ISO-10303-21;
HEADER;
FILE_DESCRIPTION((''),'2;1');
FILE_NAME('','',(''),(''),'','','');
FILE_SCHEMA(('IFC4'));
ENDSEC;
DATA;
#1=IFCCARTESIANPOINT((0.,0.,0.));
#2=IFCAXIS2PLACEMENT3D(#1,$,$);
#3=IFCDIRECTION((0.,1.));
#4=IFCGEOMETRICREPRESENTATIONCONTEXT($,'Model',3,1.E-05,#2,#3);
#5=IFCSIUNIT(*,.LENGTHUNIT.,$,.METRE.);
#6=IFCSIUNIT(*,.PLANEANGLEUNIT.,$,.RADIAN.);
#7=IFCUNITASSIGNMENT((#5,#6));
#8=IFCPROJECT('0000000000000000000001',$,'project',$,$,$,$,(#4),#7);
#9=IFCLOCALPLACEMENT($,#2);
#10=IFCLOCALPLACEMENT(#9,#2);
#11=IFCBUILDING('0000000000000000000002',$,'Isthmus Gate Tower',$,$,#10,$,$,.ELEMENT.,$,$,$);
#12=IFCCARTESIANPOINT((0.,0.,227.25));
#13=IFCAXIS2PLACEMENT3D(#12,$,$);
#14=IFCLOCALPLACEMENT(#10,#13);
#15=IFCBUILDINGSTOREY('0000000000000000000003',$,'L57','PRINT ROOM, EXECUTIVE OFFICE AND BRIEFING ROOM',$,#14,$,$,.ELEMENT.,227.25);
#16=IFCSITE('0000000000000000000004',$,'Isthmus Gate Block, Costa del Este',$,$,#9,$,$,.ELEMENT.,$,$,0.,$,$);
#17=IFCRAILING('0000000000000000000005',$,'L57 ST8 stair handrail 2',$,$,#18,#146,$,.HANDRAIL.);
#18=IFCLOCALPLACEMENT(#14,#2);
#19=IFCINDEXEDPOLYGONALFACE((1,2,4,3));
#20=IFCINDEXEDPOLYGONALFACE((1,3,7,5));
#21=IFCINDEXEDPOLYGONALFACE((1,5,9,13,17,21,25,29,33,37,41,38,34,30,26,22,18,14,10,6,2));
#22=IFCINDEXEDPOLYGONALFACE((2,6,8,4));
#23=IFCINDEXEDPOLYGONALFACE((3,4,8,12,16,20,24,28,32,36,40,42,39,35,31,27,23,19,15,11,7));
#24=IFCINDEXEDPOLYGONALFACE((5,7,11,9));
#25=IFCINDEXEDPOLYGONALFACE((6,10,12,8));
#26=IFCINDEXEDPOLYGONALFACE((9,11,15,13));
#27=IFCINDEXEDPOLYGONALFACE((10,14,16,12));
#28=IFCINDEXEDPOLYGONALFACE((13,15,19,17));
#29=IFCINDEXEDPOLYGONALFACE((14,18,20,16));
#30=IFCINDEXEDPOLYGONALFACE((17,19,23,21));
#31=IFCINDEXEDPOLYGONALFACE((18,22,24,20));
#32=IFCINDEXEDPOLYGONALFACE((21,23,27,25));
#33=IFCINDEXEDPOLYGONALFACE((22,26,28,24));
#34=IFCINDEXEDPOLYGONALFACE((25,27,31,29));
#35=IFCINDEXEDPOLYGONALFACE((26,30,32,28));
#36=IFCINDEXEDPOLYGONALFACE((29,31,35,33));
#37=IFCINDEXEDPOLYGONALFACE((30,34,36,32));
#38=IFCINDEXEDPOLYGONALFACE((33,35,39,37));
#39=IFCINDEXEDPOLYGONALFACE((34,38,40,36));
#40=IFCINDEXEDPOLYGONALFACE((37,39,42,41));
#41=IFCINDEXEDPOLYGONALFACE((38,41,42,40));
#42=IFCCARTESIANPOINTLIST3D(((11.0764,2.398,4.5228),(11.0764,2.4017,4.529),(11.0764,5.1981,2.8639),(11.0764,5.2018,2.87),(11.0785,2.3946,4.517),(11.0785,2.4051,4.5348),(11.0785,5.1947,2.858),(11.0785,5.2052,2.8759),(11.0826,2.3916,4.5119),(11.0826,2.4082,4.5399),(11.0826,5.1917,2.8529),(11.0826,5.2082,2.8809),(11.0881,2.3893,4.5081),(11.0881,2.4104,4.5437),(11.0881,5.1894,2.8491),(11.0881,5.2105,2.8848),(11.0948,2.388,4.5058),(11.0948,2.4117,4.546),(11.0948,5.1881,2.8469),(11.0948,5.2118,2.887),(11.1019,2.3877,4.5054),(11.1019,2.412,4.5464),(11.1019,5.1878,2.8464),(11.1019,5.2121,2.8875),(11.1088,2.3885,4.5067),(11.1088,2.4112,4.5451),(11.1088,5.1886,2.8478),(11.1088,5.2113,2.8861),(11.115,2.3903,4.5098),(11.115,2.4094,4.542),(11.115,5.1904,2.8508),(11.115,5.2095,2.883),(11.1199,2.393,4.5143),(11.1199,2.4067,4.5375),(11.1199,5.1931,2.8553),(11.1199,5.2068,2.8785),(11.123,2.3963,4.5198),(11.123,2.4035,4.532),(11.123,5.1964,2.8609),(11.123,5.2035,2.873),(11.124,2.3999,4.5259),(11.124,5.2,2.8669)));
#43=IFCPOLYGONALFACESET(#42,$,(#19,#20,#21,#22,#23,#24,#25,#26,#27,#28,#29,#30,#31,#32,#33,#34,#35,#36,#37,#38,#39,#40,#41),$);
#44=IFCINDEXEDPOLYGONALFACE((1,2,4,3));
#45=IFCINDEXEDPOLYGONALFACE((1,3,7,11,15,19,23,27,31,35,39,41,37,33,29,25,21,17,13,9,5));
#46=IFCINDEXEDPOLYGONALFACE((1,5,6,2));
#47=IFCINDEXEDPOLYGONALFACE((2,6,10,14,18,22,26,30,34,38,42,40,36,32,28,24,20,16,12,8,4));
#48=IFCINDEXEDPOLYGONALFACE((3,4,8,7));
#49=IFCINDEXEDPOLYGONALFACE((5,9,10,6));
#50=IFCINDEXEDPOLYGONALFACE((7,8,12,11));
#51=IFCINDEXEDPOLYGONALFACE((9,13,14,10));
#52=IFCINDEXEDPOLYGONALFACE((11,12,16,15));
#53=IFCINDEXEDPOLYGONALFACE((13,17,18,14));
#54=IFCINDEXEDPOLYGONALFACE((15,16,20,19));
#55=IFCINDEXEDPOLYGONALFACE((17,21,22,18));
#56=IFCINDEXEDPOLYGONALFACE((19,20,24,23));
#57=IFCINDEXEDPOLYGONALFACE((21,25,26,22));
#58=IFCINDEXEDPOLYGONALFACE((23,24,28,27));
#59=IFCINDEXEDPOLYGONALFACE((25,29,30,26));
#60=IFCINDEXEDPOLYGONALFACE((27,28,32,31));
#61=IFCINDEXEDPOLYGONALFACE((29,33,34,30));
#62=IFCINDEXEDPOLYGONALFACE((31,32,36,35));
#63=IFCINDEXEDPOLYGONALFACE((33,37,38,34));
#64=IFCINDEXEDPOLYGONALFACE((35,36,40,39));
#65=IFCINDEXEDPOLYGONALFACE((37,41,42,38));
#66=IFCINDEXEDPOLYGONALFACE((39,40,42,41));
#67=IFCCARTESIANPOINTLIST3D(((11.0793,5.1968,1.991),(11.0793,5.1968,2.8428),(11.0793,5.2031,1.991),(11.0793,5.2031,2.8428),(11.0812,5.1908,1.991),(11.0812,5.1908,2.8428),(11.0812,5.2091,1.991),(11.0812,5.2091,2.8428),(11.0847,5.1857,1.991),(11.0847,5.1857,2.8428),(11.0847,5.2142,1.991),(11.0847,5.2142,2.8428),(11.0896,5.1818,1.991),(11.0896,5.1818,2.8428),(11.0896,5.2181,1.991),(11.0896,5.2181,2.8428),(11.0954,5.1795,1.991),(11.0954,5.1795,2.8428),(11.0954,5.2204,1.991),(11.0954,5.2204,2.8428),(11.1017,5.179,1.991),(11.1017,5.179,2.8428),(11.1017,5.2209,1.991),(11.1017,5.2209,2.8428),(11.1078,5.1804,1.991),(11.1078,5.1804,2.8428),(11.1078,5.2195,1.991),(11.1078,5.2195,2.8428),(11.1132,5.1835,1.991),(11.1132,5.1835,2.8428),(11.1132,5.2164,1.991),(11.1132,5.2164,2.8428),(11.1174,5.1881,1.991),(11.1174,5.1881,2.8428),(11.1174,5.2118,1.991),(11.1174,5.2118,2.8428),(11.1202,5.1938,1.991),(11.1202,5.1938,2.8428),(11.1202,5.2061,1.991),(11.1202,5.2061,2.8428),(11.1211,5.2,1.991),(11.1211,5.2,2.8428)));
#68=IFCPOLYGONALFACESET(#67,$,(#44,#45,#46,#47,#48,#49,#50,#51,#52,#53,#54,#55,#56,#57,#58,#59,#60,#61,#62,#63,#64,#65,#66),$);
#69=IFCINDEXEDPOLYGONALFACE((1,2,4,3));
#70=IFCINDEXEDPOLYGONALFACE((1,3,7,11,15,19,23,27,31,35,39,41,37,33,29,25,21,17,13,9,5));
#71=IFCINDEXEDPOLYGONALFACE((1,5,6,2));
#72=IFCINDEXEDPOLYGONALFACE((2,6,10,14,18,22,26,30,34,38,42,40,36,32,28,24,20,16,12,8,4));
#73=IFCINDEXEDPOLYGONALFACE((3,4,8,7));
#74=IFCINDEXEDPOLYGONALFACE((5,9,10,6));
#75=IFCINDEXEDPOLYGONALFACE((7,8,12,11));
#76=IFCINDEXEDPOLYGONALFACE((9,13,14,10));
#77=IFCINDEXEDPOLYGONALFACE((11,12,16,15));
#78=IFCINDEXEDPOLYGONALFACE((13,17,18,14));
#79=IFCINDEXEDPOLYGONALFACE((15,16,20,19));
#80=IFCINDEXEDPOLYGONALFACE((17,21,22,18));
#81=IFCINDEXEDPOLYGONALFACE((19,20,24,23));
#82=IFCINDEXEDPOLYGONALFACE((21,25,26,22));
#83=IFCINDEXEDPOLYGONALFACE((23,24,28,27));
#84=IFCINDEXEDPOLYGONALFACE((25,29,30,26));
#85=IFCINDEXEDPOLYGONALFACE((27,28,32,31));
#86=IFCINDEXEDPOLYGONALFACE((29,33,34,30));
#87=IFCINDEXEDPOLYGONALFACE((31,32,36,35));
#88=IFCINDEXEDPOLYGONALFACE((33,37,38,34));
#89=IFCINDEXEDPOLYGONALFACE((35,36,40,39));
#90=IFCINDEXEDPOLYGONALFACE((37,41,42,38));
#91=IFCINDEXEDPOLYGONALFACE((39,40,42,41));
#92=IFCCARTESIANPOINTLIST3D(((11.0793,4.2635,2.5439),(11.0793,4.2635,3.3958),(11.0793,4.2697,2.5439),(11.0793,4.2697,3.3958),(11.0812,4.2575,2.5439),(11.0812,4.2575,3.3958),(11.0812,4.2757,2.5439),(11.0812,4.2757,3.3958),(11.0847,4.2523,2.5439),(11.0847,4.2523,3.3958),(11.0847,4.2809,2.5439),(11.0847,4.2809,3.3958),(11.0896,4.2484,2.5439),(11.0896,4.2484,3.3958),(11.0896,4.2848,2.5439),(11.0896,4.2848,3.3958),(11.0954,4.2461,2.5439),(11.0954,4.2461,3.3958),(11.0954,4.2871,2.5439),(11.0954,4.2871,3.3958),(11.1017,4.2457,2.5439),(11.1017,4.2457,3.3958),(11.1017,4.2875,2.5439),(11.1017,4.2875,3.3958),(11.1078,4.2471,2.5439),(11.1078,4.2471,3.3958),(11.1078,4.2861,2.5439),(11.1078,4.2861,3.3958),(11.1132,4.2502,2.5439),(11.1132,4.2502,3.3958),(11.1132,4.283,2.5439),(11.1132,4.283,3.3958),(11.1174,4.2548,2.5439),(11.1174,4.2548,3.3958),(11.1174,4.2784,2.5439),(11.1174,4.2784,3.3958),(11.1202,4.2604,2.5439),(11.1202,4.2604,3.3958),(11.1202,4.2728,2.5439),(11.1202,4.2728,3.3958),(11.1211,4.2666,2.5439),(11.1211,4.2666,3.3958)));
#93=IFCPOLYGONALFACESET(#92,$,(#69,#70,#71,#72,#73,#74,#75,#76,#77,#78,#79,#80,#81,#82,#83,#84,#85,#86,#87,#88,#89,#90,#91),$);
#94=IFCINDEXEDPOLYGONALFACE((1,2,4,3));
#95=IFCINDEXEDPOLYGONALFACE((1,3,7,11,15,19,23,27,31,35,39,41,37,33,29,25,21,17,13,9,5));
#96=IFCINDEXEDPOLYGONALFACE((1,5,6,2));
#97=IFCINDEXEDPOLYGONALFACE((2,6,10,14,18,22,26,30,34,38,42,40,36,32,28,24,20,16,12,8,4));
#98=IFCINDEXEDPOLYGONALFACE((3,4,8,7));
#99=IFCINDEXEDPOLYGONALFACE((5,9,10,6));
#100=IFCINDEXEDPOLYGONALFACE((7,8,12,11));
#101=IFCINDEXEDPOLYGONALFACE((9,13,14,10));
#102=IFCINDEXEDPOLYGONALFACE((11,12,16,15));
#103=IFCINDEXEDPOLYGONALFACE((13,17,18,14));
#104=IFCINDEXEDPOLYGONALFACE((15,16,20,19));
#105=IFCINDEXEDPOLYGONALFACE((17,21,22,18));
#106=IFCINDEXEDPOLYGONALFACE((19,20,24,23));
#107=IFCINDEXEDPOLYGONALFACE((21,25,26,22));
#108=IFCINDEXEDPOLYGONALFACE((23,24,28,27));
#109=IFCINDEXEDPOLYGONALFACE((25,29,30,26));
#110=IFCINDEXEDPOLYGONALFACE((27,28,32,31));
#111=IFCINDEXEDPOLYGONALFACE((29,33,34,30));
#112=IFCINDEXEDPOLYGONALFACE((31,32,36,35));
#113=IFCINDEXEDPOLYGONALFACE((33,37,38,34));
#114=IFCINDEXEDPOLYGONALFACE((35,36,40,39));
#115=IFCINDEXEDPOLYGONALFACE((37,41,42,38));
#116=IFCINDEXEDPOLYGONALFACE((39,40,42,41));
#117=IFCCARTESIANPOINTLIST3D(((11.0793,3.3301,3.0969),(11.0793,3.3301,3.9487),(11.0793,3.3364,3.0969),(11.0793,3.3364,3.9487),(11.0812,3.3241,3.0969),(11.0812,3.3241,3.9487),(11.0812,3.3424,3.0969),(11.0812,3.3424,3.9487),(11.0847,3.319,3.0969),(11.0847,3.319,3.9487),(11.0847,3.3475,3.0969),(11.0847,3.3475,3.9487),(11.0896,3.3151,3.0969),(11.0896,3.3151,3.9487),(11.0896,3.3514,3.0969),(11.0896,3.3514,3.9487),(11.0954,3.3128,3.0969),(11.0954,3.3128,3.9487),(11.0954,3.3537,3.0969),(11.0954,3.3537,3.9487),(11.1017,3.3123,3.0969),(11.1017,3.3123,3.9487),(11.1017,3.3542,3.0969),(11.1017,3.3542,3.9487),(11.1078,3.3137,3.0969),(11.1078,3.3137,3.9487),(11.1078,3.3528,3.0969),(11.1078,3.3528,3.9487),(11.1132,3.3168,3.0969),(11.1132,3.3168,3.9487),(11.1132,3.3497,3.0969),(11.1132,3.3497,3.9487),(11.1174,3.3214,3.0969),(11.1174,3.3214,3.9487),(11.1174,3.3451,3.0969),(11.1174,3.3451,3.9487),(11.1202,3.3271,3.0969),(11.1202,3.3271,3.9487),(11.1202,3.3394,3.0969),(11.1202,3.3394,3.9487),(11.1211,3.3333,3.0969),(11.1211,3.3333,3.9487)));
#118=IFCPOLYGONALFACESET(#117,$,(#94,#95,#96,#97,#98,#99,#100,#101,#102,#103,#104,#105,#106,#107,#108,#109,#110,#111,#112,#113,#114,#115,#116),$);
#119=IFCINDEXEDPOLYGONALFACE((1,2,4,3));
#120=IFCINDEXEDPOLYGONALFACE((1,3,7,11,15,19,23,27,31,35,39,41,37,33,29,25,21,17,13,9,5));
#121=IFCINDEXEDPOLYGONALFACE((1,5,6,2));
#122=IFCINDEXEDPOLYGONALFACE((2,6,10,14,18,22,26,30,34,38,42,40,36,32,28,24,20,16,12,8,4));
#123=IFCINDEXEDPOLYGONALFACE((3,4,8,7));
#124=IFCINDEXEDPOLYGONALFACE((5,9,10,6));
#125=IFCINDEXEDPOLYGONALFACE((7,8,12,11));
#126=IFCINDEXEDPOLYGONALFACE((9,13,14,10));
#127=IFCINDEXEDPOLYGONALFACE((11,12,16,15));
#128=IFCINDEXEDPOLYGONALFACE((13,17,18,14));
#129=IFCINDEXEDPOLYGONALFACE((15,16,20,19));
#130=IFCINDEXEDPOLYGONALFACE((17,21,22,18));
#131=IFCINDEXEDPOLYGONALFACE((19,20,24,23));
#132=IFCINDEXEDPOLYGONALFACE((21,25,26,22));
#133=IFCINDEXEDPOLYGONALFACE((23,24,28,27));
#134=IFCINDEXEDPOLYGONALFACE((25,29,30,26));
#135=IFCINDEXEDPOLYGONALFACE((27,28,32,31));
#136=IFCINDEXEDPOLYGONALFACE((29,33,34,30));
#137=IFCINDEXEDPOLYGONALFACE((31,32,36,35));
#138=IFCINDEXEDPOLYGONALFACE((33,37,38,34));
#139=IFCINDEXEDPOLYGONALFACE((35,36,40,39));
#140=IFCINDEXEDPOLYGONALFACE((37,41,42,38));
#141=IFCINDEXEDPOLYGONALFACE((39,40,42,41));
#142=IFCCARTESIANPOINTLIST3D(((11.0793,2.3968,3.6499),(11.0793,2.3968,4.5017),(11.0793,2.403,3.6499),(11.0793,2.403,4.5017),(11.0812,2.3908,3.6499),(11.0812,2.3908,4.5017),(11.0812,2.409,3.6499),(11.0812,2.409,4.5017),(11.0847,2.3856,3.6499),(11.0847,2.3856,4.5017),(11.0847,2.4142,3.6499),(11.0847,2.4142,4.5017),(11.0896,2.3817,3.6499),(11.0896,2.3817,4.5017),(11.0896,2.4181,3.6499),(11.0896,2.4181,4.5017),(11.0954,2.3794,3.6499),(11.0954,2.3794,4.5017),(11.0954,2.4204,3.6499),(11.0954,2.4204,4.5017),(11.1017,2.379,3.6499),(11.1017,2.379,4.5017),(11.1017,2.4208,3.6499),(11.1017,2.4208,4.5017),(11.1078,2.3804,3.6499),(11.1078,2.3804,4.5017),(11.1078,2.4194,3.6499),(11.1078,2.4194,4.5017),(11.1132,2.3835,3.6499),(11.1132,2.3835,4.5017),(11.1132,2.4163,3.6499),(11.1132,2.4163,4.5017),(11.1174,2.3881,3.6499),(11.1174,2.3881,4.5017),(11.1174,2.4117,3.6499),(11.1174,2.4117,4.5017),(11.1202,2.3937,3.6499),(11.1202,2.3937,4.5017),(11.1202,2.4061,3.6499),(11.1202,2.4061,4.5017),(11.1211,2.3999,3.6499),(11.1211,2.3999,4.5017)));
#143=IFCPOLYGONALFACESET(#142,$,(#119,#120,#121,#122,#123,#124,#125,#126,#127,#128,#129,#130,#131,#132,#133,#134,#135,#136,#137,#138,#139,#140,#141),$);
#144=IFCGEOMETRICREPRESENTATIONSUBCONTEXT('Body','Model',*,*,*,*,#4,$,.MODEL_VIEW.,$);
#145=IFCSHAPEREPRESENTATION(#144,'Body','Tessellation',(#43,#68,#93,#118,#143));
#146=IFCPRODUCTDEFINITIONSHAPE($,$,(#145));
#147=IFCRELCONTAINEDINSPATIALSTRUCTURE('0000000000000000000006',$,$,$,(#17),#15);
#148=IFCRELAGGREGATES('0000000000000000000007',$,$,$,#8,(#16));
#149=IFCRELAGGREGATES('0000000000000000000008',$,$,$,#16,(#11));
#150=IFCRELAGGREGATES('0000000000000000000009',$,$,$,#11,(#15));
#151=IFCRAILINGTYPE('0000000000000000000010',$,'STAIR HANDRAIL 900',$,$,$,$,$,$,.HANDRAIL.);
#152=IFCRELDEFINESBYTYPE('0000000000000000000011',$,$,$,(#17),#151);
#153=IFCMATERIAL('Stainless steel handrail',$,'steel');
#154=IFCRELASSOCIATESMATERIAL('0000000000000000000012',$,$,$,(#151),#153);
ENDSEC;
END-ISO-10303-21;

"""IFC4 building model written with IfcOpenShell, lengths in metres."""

from ifc_helpers import new_model, si_unit, direction, frame, origin, origin_2d, place, context, subcontext, project, spatial, circle, extrude, material, type_object, element, save


model = new_model("IFC4")

# Units and contexts
model_context = context("Model", 3, precision=1e-05, world=origin(), true_north=direction((0.0, 1.0)))
body_context = subcontext(model_context, "Body", "Model", "MODEL_VIEW")
ifc_project = project(units=[si_unit("LENGTHUNIT", "METRE"), si_unit("PLANEANGLEUNIT", "RADIAN")], contexts=[model_context])

# Site, building, storey
site_placement = place(None, origin())
site = spatial("IfcSite", under=ifc_project, at=site_placement, Name="Isthmus Gate Block, Costa del Este", CompositionType="ELEMENT", RefElevation=0.0)
building_placement = place(site_placement, origin())
building = spatial("IfcBuilding", under=site, at=building_placement, Name="Isthmus Gate Tower", CompositionType="ELEMENT")
storey_placement = place(building_placement, frame((0.0, 0.0, 227.25)))
storey = spatial("IfcBuildingStorey", under=building, at=storey_placement, Name="L57", Description="PRINT ROOM, EXECUTIVE OFFICE AND BRIEFING ROOM", CompositionType="ELEMENT", Elevation=227.25)

# Railing
ifc_material_1 = material(Name="Stainless steel handrail", Category="steel")
railing_type_1 = type_object("IfcRailingType", Name="STAIR HANDRAIL 900", PredefinedType="HANDRAIL", material=ifc_material_1)
railing_1_placement = place(storey_placement, frame((11.1001, 5.2, 1.991)))
element("IfcRailing", 1, at=railing_1_placement, inside=storey, type_object=railing_type_1, Name="L57 ST8 stair handrail 2", PredefinedType="HANDRAIL", context=body_context, shape_type="SweptSolid", body=[
    extrude(circle(Radius=0.0239, at=origin_2d()), frame((0.0, 0.0, 0.876), z_axis=(0.0, -0.860339, 0.509722), x_axis=(1.0, 0.0, 0.0)), (0.0, 0.0, 1.0), 3.2546),
    extrude(circle(Radius=0.021, at=origin_2d()), origin(), (0.0, 0.0, 1.0), 0.8518),
    extrude(circle(Radius=0.021, at=origin_2d()), frame((0.0, -0.9333, 0.553)), (0.0, 0.0, 1.0), 0.8518),
    extrude(circle(Radius=0.021, at=origin_2d()), frame((0.0, -1.8667, 1.106)), (0.0, 0.0, 1.0), 0.8518),
    extrude(circle(Radius=0.021, at=origin_2d()), frame((0.0, -2.8, 1.6589)), (0.0, 0.0, 1.0), 0.8518),
])

save(model, "model.ifc")
